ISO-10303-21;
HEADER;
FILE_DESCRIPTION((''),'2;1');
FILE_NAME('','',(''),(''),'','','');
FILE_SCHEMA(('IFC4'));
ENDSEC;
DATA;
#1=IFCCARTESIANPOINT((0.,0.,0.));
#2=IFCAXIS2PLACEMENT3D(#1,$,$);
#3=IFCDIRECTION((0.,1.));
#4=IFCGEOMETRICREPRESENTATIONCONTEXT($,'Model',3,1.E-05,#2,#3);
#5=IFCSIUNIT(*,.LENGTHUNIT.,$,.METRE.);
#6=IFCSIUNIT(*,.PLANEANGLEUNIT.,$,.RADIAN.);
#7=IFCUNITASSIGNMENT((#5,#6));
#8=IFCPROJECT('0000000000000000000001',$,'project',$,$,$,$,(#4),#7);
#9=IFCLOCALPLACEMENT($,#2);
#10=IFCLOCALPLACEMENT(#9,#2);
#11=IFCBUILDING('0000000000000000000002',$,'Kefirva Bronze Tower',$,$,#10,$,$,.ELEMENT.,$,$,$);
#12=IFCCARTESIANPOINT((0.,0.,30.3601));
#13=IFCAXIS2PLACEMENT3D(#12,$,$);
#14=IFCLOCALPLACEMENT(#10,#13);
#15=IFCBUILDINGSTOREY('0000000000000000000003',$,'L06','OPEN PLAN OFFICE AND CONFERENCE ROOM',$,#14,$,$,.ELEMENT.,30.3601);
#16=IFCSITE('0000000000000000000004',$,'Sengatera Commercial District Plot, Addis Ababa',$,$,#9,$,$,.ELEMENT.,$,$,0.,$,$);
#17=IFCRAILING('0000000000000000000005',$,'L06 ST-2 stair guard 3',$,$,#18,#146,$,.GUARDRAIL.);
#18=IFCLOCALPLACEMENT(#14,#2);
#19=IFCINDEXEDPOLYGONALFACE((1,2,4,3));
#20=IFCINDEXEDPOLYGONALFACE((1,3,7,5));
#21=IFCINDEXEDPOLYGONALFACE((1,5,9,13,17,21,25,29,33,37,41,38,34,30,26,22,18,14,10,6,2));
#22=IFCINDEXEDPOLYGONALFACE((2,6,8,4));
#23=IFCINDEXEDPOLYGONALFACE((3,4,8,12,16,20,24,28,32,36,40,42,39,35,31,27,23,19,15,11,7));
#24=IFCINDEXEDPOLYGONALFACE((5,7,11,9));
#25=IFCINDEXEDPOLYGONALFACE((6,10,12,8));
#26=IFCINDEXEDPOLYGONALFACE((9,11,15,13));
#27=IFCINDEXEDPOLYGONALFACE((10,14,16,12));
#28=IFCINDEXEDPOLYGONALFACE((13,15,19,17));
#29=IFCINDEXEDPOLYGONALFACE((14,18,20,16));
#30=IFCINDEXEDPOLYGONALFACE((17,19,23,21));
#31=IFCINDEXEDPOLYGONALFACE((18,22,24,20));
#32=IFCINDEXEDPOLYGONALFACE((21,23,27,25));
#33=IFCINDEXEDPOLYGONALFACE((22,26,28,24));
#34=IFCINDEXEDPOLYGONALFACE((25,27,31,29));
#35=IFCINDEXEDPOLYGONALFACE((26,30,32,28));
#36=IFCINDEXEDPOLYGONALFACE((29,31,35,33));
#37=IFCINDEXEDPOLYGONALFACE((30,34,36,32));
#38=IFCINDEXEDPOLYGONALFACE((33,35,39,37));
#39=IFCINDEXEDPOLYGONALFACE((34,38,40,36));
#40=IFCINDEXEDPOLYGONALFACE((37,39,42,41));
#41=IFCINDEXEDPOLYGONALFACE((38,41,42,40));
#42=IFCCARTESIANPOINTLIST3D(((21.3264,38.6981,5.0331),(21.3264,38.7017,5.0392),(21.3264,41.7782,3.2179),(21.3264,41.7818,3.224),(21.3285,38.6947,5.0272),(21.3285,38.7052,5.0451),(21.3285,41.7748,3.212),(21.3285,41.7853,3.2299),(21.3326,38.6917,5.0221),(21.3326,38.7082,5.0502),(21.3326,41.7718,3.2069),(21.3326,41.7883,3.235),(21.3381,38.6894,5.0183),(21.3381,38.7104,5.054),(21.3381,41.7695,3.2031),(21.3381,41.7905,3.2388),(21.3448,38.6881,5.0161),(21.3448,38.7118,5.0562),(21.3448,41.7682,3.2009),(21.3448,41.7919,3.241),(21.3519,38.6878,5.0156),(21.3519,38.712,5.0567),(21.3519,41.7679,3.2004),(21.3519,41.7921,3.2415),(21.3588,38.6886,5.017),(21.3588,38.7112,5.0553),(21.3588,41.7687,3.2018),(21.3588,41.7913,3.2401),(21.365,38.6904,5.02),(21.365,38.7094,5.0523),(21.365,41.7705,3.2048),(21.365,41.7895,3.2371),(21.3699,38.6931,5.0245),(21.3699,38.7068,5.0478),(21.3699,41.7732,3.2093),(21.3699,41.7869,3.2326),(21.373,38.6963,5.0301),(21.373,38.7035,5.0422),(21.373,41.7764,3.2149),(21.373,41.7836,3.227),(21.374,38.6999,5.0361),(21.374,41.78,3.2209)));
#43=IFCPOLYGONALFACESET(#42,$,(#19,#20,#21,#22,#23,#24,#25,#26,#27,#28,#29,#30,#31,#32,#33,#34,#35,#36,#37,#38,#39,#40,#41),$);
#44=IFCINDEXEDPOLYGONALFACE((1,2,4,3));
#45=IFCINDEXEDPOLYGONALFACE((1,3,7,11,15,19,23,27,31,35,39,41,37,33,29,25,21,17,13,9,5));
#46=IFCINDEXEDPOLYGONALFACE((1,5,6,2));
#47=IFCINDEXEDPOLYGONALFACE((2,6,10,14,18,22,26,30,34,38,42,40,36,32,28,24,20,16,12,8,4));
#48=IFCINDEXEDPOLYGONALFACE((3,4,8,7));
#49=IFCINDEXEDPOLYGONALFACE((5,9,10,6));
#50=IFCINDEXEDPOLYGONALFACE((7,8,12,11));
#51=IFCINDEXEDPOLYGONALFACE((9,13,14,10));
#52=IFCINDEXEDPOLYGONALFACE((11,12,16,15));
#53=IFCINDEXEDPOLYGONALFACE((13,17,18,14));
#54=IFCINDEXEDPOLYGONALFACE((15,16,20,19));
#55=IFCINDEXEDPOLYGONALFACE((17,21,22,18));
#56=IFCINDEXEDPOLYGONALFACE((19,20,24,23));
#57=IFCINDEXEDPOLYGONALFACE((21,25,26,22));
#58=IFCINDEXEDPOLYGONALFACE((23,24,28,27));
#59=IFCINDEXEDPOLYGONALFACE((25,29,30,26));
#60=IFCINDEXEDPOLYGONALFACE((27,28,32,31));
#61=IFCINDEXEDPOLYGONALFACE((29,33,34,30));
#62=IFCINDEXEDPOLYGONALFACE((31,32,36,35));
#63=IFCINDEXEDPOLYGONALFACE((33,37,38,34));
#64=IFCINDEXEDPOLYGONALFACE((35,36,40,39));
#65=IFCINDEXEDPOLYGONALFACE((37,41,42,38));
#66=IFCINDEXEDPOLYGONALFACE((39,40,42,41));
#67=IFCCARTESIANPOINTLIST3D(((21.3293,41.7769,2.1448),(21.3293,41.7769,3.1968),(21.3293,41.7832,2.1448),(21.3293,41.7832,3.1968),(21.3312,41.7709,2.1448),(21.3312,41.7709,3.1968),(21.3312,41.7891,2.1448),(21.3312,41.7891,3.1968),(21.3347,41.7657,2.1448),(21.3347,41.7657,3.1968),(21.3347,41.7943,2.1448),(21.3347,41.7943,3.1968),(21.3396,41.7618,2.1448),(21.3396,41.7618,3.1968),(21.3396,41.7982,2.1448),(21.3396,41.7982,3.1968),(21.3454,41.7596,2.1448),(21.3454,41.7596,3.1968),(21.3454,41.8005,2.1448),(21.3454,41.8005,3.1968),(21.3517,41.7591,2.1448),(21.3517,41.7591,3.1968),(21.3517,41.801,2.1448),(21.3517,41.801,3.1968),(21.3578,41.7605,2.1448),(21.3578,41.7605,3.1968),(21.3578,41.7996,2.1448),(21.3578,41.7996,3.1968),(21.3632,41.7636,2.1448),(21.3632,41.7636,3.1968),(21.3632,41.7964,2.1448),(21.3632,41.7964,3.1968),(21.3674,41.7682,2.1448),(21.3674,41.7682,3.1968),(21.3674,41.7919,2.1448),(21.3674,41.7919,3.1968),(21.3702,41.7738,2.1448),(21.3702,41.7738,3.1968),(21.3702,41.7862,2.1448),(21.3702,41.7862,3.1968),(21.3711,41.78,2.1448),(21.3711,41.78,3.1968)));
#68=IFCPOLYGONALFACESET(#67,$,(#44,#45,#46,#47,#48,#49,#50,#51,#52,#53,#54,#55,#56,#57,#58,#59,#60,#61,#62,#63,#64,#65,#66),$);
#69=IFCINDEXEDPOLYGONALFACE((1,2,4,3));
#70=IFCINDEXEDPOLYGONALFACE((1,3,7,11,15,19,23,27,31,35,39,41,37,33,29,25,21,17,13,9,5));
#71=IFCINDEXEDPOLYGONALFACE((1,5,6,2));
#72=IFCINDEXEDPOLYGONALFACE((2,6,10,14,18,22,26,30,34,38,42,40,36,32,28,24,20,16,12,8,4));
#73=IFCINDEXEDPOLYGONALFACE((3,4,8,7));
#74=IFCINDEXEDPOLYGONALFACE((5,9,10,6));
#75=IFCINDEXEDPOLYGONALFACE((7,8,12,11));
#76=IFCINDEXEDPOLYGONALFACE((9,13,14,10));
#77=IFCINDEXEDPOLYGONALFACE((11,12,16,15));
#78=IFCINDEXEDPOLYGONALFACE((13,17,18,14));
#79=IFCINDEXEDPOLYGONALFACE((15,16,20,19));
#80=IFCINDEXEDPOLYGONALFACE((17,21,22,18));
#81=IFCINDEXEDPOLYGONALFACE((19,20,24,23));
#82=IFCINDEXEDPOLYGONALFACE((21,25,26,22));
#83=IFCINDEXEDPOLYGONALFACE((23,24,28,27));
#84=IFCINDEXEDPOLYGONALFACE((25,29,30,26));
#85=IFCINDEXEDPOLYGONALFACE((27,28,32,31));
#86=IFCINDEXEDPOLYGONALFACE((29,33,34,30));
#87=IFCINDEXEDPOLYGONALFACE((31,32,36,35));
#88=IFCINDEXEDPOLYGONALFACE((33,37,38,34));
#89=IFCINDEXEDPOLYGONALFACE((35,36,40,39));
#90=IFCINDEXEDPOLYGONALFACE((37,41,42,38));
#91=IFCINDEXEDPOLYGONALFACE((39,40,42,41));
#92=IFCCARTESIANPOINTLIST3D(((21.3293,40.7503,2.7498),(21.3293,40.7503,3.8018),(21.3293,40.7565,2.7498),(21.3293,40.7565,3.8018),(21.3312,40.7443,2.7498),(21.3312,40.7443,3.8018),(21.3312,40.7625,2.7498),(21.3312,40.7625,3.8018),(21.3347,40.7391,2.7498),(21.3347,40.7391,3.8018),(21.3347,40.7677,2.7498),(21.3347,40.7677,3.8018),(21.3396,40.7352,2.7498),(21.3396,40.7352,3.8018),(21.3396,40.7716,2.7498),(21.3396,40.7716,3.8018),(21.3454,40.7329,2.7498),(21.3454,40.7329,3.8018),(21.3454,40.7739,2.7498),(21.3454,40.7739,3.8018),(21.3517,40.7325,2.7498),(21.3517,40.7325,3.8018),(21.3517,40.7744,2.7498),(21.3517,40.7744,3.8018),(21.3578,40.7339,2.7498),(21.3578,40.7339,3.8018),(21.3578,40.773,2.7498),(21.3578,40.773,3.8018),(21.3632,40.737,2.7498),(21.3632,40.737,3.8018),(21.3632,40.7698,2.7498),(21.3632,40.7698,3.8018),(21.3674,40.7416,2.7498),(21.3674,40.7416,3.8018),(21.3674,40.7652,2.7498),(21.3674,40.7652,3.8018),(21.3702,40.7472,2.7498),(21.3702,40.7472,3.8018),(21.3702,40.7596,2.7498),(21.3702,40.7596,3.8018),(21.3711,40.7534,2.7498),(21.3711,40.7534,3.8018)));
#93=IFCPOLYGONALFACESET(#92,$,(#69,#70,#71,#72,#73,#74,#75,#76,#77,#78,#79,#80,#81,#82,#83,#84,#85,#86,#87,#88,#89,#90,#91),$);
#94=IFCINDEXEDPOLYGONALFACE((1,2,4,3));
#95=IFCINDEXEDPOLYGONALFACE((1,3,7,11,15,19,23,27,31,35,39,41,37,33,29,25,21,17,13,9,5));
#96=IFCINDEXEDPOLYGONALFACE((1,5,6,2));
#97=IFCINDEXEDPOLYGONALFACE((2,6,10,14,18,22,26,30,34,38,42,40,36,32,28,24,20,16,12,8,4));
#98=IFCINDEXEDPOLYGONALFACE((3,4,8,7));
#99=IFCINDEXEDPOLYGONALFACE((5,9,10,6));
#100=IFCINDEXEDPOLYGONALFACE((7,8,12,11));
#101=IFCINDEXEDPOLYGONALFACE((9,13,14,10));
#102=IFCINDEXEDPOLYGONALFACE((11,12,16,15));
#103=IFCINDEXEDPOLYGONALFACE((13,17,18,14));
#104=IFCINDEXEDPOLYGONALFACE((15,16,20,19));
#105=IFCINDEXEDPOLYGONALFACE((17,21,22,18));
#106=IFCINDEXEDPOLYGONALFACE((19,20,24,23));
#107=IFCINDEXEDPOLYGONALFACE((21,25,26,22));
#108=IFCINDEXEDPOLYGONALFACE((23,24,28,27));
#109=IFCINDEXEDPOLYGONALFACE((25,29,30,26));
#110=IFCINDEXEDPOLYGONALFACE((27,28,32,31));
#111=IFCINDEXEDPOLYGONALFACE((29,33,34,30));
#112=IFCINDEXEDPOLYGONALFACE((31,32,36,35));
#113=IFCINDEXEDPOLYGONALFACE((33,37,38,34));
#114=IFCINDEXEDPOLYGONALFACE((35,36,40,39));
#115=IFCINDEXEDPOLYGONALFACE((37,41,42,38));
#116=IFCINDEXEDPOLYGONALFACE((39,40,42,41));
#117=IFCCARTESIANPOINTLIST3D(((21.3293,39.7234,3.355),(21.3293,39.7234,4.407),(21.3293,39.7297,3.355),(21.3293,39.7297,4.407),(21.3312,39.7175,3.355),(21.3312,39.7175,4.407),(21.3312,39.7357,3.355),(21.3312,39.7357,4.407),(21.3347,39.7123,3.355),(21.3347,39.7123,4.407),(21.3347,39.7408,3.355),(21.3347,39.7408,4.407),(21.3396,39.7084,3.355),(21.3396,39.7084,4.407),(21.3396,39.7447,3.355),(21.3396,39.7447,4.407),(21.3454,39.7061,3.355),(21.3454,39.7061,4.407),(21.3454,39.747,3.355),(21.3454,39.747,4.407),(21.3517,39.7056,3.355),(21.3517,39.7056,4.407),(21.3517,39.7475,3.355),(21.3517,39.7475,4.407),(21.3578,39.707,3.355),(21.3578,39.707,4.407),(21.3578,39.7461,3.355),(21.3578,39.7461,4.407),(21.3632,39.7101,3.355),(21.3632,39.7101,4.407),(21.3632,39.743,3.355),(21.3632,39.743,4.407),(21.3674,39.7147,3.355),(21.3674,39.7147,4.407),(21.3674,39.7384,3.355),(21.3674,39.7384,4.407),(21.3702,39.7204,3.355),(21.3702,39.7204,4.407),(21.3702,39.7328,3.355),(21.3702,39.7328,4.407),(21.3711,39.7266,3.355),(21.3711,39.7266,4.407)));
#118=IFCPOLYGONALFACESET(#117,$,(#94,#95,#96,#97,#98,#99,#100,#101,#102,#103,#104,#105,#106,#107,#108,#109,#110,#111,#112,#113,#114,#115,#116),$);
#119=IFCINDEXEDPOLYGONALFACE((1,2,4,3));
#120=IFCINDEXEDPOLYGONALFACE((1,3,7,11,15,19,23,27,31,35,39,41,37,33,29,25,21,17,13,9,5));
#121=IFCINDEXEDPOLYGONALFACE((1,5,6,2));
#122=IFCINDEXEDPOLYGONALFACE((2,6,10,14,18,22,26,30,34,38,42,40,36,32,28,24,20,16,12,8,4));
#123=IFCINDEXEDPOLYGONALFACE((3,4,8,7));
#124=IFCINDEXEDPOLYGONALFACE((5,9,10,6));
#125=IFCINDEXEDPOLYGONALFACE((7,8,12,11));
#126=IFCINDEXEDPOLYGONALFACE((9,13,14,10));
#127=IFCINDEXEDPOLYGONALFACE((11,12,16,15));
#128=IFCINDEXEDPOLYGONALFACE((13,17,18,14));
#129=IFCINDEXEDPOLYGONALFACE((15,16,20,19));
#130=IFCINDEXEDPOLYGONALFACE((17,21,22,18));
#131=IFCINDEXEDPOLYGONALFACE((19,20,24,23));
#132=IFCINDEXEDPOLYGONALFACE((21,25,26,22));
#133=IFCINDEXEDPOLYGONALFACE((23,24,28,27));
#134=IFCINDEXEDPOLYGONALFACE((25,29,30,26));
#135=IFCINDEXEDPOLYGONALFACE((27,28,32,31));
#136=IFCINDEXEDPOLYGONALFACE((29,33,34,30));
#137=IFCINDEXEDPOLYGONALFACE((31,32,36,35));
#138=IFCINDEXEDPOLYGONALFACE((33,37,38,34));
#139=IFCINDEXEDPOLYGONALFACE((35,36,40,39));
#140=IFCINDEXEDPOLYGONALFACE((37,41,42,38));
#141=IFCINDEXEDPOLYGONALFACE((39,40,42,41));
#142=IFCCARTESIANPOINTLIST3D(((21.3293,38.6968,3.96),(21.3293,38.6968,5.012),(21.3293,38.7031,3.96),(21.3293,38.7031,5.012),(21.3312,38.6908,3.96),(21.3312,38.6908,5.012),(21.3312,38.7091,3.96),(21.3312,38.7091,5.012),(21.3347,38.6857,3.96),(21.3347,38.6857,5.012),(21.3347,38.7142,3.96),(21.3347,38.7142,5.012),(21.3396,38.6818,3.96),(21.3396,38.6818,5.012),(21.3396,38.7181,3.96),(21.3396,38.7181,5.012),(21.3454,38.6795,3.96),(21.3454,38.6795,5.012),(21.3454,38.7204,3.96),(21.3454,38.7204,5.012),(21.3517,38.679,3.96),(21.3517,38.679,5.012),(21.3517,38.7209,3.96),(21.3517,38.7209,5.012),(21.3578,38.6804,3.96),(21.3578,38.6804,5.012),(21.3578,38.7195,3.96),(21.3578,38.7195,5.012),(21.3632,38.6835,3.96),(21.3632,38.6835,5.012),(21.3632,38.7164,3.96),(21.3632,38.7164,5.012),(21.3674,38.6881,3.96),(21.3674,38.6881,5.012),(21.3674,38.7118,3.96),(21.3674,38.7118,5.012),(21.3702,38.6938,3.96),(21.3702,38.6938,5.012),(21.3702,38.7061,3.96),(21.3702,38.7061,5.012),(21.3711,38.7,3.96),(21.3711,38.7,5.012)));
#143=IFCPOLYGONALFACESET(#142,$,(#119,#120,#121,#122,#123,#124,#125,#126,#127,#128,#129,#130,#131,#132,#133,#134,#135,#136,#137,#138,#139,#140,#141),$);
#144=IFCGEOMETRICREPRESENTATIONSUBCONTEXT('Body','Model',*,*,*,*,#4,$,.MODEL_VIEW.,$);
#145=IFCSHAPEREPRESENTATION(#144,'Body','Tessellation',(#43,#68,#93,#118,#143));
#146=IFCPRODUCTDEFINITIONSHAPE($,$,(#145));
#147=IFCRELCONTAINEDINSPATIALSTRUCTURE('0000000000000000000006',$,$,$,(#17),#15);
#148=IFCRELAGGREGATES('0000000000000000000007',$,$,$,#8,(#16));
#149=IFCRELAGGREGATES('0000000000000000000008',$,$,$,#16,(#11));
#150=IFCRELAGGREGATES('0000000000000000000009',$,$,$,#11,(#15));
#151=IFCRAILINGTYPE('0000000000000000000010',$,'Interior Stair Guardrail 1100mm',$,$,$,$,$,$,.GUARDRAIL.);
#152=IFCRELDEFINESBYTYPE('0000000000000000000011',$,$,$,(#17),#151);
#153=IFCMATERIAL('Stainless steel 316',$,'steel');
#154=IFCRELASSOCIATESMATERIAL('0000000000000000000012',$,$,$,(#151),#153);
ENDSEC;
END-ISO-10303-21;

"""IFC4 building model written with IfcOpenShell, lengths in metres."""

from ifc_helpers import new_model, si_unit, direction, frame, origin, origin_2d, place, context, subcontext, project, spatial, circle, extrude, material, type_object, element, save


model = new_model("IFC4")

# Units and contexts
model_context = context("Model", 3, precision=1e-05, world=origin(), true_north=direction((0.0, 1.0)))
body_context = subcontext(model_context, "Body", "Model", "MODEL_VIEW")
ifc_project = project(units=[si_unit("LENGTHUNIT", "METRE"), si_unit("PLANEANGLEUNIT", "RADIAN")], contexts=[model_context])

# Site, building, storey
site_placement = place(None, origin())
site = spatial("IfcSite", under=ifc_project, at=site_placement, Name="Sengatera Commercial District Plot, Addis Ababa", CompositionType="ELEMENT", RefElevation=0.0)
building_placement = place(site_placement, origin())
building = spatial("IfcBuilding", under=site, at=building_placement, Name="Kefirva Bronze Tower", CompositionType="ELEMENT")
storey_placement = place(building_placement, frame((0.0, 0.0, 30.3601)))
storey = spatial("IfcBuildingStorey", under=building, at=storey_placement, Name="L06", Description="OPEN PLAN OFFICE AND CONFERENCE ROOM", CompositionType="ELEMENT", Elevation=30.3601)

# Railing
ifc_material_1 = material(Name="Stainless steel 316", Category="steel")
railing_type_1 = type_object("IfcRailingType", Name="Interior Stair Guardrail 1100mm", PredefinedType="GUARDRAIL", material=ifc_material_1)
railing_1_placement = place(storey_placement, frame((21.3501, 41.78, 2.1448)))
element("IfcRailing", 1, at=railing_1_placement, inside=storey, type_object=railing_type_1, Name="L06 ST-2 stair guard 3", PredefinedType="GUARDRAIL", context=body_context, shape_type="SweptSolid", body=[
    extrude(circle(Radius=0.0239, at=origin_2d()), frame((0.0, 0.0, 1.0762), z_axis=(0.0, -0.861521, 0.507721), x_axis=(1.0, 0.0, 0.0)), (0.0, 0.0, 1.0), 3.5752),
    extrude(circle(Radius=0.021, at=origin_2d()), origin(), (0.0, 0.0, 1.0), 1.052),
    extrude(circle(Radius=0.021, at=origin_2d()), frame((0.0, -1.0266, 0.605)), (0.0, 0.0, 1.0), 1.052),
    extrude(circle(Radius=0.021, at=origin_2d()), frame((0.0, -2.0535, 1.2102)), (0.0, 0.0, 1.0), 1.052),
    extrude(circle(Radius=0.021, at=origin_2d()), frame((0.0, -3.0801, 1.8152)), (0.0, 0.0, 1.0), 1.052),
])

save(model, "model.ifc")
